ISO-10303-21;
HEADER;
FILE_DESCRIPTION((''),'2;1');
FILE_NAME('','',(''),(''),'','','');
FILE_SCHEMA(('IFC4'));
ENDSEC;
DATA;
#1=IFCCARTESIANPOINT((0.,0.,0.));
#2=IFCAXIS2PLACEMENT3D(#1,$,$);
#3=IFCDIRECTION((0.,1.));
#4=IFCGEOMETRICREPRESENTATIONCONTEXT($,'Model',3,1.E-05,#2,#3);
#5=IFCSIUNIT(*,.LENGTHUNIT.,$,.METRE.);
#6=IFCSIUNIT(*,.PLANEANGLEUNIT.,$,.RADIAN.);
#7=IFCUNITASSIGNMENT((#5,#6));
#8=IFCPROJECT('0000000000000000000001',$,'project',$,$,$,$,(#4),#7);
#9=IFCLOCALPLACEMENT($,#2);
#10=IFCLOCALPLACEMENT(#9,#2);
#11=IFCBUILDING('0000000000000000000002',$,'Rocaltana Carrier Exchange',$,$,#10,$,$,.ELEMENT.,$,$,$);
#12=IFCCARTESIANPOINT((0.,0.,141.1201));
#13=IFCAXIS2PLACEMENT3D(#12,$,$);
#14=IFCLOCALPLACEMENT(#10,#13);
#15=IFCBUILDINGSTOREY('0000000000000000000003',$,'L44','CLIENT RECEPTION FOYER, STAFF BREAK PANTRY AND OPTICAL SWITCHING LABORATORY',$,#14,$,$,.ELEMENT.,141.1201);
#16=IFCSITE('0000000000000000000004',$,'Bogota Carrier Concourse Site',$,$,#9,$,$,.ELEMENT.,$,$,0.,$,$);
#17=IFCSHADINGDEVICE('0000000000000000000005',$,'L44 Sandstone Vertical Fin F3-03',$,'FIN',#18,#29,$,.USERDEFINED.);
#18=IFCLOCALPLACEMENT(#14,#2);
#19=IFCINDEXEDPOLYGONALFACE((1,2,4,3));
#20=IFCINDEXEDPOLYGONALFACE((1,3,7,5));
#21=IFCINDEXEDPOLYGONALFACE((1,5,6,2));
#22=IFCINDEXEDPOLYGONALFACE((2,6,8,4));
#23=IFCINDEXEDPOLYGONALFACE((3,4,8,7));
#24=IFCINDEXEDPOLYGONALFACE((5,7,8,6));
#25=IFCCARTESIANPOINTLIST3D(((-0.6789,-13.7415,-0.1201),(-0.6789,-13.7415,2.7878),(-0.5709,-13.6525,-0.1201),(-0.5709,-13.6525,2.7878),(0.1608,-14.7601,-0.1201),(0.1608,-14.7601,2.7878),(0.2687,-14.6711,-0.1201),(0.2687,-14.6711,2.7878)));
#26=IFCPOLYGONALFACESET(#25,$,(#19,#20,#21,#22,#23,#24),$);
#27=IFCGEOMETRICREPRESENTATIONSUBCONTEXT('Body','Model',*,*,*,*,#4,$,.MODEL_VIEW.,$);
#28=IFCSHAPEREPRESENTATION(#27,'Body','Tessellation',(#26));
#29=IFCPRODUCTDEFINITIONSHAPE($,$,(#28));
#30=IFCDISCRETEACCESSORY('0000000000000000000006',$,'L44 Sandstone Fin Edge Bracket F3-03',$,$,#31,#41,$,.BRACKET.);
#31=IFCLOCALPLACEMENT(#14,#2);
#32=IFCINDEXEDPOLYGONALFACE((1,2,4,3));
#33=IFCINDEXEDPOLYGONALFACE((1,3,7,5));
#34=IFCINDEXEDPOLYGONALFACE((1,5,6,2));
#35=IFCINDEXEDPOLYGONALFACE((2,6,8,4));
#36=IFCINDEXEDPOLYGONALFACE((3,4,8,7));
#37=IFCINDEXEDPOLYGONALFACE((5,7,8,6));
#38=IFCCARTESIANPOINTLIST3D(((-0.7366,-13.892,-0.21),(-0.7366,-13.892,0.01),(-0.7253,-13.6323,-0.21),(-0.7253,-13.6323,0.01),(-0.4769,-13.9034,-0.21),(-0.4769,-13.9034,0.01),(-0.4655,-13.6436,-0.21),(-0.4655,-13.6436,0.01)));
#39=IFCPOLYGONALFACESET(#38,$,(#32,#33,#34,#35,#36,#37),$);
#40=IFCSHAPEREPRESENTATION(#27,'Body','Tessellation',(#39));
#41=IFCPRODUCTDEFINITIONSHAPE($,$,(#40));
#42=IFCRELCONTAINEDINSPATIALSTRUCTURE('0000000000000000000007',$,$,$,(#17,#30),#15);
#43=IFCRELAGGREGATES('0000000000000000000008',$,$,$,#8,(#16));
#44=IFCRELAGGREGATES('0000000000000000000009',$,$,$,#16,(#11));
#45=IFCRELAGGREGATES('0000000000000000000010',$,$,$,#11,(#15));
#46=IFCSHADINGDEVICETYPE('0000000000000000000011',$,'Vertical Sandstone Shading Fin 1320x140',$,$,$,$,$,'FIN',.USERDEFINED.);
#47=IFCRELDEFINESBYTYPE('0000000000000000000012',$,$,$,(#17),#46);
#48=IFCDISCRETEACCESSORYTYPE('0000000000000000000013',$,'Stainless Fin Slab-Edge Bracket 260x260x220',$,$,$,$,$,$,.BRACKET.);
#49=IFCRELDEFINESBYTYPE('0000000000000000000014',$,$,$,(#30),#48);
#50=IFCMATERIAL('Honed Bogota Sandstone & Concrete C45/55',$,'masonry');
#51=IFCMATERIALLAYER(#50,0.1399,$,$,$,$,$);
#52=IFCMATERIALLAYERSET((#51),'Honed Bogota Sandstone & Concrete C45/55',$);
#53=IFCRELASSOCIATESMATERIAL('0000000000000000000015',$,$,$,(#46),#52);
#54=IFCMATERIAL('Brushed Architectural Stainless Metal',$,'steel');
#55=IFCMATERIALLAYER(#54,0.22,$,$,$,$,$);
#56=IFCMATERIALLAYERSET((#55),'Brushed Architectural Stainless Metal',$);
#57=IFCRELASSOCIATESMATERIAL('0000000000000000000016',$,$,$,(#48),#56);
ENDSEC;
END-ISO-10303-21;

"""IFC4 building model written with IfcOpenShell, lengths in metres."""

from ifc_helpers import new_model, si_unit, direction, frame, origin, origin_2d, place, context, subcontext, project, spatial, rectangle, extrude, material, layer, layer_set, type_object, element, save


model = new_model("IFC4")

# Units and contexts
model_context = context("Model", 3, precision=1e-05, world=origin(), true_north=direction((0.0, 1.0)))
body_context = subcontext(model_context, "Body", "Model", "MODEL_VIEW")
ifc_project = project(units=[si_unit("LENGTHUNIT", "METRE"), si_unit("PLANEANGLEUNIT", "RADIAN")], contexts=[model_context])

# Site, building, storey
site_placement = place(None, origin())
site = spatial("IfcSite", under=ifc_project, at=site_placement, Name="Bogota Carrier Concourse Site", CompositionType="ELEMENT", RefElevation=0.0)
building_placement = place(site_placement, origin())
building = spatial("IfcBuilding", under=site, at=building_placement, Name="Rocaltana Carrier Exchange", CompositionType="ELEMENT")
storey_placement = place(building_placement, frame((0.0, 0.0, 141.1201)))
storey = spatial("IfcBuildingStorey", under=building, at=storey_placement, Name="L44", Description="CLIENT RECEPTION FOYER, STAFF BREAK PANTRY AND OPTICAL SWITCHING LABORATORY", CompositionType="ELEMENT", Elevation=141.1201)

# Shading device
ifc_material_1 = material(Name="Honed Bogota Sandstone & Concrete C45/55", Category="masonry")
ifc_layer_1 = layer(ifc_material_1, 0.1399)
ifc_layer_set_1 = layer_set([ifc_layer_1], Name="Honed Bogota Sandstone & Concrete C45/55")
shading_device_type = type_object("IfcShadingDeviceType", Name="Vertical Sandstone Shading Fin 1320x140", ElementType="FIN", PredefinedType="USERDEFINED", material=ifc_layer_set_1)
shading_device_placement = place(storey_placement, frame((-0.2051, -14.2063, -0.1201), z_axis=(0.0, 0.0, 1.0), x_axis=(0.636078, -0.771625, 0.0)))
element("IfcShadingDevice", 1, at=shading_device_placement, inside=storey, type_object=shading_device_type, Name="L44 Sandstone Vertical Fin F3-03", ObjectType="FIN", PredefinedType="USERDEFINED", context=body_context, shape_type="SweptSolid", body=[
    extrude(rectangle(XDim=1.3201, YDim=0.1399, at=origin_2d()), origin(), (0.0, 0.0, 1.0), 2.908),
])

# Discrete accessory
ifc_material_2 = material(Name="Brushed Architectural Stainless Metal", Category="steel")
ifc_layer_2 = layer(ifc_material_2, 0.22)
ifc_layer_set_2 = layer_set([ifc_layer_2], Name="Brushed Architectural Stainless Metal")
discrete_accessory_type = type_object("IfcDiscreteAccessoryType", Name="Stainless Fin Slab-Edge Bracket 260x260x220", PredefinedType="BRACKET", material=ifc_layer_set_2)
discrete_accessory_placement = place(storey_placement, frame((-0.6011, -13.7678, -0.21), z_axis=(0.0, 0.0, 1.0), x_axis=(0.999048, -0.043619, 0.0)))
element("IfcDiscreteAccessory", 2, at=discrete_accessory_placement, inside=storey, type_object=discrete_accessory_type, Name="L44 Sandstone Fin Edge Bracket F3-03", PredefinedType="BRACKET", context=body_context, shape_type="SweptSolid", body=[
    extrude(rectangle(XDim=0.26, YDim=0.26, at=origin_2d()), origin(), (0.0, 0.0, 1.0), 0.22),
])

save(model, "model.ifc")
